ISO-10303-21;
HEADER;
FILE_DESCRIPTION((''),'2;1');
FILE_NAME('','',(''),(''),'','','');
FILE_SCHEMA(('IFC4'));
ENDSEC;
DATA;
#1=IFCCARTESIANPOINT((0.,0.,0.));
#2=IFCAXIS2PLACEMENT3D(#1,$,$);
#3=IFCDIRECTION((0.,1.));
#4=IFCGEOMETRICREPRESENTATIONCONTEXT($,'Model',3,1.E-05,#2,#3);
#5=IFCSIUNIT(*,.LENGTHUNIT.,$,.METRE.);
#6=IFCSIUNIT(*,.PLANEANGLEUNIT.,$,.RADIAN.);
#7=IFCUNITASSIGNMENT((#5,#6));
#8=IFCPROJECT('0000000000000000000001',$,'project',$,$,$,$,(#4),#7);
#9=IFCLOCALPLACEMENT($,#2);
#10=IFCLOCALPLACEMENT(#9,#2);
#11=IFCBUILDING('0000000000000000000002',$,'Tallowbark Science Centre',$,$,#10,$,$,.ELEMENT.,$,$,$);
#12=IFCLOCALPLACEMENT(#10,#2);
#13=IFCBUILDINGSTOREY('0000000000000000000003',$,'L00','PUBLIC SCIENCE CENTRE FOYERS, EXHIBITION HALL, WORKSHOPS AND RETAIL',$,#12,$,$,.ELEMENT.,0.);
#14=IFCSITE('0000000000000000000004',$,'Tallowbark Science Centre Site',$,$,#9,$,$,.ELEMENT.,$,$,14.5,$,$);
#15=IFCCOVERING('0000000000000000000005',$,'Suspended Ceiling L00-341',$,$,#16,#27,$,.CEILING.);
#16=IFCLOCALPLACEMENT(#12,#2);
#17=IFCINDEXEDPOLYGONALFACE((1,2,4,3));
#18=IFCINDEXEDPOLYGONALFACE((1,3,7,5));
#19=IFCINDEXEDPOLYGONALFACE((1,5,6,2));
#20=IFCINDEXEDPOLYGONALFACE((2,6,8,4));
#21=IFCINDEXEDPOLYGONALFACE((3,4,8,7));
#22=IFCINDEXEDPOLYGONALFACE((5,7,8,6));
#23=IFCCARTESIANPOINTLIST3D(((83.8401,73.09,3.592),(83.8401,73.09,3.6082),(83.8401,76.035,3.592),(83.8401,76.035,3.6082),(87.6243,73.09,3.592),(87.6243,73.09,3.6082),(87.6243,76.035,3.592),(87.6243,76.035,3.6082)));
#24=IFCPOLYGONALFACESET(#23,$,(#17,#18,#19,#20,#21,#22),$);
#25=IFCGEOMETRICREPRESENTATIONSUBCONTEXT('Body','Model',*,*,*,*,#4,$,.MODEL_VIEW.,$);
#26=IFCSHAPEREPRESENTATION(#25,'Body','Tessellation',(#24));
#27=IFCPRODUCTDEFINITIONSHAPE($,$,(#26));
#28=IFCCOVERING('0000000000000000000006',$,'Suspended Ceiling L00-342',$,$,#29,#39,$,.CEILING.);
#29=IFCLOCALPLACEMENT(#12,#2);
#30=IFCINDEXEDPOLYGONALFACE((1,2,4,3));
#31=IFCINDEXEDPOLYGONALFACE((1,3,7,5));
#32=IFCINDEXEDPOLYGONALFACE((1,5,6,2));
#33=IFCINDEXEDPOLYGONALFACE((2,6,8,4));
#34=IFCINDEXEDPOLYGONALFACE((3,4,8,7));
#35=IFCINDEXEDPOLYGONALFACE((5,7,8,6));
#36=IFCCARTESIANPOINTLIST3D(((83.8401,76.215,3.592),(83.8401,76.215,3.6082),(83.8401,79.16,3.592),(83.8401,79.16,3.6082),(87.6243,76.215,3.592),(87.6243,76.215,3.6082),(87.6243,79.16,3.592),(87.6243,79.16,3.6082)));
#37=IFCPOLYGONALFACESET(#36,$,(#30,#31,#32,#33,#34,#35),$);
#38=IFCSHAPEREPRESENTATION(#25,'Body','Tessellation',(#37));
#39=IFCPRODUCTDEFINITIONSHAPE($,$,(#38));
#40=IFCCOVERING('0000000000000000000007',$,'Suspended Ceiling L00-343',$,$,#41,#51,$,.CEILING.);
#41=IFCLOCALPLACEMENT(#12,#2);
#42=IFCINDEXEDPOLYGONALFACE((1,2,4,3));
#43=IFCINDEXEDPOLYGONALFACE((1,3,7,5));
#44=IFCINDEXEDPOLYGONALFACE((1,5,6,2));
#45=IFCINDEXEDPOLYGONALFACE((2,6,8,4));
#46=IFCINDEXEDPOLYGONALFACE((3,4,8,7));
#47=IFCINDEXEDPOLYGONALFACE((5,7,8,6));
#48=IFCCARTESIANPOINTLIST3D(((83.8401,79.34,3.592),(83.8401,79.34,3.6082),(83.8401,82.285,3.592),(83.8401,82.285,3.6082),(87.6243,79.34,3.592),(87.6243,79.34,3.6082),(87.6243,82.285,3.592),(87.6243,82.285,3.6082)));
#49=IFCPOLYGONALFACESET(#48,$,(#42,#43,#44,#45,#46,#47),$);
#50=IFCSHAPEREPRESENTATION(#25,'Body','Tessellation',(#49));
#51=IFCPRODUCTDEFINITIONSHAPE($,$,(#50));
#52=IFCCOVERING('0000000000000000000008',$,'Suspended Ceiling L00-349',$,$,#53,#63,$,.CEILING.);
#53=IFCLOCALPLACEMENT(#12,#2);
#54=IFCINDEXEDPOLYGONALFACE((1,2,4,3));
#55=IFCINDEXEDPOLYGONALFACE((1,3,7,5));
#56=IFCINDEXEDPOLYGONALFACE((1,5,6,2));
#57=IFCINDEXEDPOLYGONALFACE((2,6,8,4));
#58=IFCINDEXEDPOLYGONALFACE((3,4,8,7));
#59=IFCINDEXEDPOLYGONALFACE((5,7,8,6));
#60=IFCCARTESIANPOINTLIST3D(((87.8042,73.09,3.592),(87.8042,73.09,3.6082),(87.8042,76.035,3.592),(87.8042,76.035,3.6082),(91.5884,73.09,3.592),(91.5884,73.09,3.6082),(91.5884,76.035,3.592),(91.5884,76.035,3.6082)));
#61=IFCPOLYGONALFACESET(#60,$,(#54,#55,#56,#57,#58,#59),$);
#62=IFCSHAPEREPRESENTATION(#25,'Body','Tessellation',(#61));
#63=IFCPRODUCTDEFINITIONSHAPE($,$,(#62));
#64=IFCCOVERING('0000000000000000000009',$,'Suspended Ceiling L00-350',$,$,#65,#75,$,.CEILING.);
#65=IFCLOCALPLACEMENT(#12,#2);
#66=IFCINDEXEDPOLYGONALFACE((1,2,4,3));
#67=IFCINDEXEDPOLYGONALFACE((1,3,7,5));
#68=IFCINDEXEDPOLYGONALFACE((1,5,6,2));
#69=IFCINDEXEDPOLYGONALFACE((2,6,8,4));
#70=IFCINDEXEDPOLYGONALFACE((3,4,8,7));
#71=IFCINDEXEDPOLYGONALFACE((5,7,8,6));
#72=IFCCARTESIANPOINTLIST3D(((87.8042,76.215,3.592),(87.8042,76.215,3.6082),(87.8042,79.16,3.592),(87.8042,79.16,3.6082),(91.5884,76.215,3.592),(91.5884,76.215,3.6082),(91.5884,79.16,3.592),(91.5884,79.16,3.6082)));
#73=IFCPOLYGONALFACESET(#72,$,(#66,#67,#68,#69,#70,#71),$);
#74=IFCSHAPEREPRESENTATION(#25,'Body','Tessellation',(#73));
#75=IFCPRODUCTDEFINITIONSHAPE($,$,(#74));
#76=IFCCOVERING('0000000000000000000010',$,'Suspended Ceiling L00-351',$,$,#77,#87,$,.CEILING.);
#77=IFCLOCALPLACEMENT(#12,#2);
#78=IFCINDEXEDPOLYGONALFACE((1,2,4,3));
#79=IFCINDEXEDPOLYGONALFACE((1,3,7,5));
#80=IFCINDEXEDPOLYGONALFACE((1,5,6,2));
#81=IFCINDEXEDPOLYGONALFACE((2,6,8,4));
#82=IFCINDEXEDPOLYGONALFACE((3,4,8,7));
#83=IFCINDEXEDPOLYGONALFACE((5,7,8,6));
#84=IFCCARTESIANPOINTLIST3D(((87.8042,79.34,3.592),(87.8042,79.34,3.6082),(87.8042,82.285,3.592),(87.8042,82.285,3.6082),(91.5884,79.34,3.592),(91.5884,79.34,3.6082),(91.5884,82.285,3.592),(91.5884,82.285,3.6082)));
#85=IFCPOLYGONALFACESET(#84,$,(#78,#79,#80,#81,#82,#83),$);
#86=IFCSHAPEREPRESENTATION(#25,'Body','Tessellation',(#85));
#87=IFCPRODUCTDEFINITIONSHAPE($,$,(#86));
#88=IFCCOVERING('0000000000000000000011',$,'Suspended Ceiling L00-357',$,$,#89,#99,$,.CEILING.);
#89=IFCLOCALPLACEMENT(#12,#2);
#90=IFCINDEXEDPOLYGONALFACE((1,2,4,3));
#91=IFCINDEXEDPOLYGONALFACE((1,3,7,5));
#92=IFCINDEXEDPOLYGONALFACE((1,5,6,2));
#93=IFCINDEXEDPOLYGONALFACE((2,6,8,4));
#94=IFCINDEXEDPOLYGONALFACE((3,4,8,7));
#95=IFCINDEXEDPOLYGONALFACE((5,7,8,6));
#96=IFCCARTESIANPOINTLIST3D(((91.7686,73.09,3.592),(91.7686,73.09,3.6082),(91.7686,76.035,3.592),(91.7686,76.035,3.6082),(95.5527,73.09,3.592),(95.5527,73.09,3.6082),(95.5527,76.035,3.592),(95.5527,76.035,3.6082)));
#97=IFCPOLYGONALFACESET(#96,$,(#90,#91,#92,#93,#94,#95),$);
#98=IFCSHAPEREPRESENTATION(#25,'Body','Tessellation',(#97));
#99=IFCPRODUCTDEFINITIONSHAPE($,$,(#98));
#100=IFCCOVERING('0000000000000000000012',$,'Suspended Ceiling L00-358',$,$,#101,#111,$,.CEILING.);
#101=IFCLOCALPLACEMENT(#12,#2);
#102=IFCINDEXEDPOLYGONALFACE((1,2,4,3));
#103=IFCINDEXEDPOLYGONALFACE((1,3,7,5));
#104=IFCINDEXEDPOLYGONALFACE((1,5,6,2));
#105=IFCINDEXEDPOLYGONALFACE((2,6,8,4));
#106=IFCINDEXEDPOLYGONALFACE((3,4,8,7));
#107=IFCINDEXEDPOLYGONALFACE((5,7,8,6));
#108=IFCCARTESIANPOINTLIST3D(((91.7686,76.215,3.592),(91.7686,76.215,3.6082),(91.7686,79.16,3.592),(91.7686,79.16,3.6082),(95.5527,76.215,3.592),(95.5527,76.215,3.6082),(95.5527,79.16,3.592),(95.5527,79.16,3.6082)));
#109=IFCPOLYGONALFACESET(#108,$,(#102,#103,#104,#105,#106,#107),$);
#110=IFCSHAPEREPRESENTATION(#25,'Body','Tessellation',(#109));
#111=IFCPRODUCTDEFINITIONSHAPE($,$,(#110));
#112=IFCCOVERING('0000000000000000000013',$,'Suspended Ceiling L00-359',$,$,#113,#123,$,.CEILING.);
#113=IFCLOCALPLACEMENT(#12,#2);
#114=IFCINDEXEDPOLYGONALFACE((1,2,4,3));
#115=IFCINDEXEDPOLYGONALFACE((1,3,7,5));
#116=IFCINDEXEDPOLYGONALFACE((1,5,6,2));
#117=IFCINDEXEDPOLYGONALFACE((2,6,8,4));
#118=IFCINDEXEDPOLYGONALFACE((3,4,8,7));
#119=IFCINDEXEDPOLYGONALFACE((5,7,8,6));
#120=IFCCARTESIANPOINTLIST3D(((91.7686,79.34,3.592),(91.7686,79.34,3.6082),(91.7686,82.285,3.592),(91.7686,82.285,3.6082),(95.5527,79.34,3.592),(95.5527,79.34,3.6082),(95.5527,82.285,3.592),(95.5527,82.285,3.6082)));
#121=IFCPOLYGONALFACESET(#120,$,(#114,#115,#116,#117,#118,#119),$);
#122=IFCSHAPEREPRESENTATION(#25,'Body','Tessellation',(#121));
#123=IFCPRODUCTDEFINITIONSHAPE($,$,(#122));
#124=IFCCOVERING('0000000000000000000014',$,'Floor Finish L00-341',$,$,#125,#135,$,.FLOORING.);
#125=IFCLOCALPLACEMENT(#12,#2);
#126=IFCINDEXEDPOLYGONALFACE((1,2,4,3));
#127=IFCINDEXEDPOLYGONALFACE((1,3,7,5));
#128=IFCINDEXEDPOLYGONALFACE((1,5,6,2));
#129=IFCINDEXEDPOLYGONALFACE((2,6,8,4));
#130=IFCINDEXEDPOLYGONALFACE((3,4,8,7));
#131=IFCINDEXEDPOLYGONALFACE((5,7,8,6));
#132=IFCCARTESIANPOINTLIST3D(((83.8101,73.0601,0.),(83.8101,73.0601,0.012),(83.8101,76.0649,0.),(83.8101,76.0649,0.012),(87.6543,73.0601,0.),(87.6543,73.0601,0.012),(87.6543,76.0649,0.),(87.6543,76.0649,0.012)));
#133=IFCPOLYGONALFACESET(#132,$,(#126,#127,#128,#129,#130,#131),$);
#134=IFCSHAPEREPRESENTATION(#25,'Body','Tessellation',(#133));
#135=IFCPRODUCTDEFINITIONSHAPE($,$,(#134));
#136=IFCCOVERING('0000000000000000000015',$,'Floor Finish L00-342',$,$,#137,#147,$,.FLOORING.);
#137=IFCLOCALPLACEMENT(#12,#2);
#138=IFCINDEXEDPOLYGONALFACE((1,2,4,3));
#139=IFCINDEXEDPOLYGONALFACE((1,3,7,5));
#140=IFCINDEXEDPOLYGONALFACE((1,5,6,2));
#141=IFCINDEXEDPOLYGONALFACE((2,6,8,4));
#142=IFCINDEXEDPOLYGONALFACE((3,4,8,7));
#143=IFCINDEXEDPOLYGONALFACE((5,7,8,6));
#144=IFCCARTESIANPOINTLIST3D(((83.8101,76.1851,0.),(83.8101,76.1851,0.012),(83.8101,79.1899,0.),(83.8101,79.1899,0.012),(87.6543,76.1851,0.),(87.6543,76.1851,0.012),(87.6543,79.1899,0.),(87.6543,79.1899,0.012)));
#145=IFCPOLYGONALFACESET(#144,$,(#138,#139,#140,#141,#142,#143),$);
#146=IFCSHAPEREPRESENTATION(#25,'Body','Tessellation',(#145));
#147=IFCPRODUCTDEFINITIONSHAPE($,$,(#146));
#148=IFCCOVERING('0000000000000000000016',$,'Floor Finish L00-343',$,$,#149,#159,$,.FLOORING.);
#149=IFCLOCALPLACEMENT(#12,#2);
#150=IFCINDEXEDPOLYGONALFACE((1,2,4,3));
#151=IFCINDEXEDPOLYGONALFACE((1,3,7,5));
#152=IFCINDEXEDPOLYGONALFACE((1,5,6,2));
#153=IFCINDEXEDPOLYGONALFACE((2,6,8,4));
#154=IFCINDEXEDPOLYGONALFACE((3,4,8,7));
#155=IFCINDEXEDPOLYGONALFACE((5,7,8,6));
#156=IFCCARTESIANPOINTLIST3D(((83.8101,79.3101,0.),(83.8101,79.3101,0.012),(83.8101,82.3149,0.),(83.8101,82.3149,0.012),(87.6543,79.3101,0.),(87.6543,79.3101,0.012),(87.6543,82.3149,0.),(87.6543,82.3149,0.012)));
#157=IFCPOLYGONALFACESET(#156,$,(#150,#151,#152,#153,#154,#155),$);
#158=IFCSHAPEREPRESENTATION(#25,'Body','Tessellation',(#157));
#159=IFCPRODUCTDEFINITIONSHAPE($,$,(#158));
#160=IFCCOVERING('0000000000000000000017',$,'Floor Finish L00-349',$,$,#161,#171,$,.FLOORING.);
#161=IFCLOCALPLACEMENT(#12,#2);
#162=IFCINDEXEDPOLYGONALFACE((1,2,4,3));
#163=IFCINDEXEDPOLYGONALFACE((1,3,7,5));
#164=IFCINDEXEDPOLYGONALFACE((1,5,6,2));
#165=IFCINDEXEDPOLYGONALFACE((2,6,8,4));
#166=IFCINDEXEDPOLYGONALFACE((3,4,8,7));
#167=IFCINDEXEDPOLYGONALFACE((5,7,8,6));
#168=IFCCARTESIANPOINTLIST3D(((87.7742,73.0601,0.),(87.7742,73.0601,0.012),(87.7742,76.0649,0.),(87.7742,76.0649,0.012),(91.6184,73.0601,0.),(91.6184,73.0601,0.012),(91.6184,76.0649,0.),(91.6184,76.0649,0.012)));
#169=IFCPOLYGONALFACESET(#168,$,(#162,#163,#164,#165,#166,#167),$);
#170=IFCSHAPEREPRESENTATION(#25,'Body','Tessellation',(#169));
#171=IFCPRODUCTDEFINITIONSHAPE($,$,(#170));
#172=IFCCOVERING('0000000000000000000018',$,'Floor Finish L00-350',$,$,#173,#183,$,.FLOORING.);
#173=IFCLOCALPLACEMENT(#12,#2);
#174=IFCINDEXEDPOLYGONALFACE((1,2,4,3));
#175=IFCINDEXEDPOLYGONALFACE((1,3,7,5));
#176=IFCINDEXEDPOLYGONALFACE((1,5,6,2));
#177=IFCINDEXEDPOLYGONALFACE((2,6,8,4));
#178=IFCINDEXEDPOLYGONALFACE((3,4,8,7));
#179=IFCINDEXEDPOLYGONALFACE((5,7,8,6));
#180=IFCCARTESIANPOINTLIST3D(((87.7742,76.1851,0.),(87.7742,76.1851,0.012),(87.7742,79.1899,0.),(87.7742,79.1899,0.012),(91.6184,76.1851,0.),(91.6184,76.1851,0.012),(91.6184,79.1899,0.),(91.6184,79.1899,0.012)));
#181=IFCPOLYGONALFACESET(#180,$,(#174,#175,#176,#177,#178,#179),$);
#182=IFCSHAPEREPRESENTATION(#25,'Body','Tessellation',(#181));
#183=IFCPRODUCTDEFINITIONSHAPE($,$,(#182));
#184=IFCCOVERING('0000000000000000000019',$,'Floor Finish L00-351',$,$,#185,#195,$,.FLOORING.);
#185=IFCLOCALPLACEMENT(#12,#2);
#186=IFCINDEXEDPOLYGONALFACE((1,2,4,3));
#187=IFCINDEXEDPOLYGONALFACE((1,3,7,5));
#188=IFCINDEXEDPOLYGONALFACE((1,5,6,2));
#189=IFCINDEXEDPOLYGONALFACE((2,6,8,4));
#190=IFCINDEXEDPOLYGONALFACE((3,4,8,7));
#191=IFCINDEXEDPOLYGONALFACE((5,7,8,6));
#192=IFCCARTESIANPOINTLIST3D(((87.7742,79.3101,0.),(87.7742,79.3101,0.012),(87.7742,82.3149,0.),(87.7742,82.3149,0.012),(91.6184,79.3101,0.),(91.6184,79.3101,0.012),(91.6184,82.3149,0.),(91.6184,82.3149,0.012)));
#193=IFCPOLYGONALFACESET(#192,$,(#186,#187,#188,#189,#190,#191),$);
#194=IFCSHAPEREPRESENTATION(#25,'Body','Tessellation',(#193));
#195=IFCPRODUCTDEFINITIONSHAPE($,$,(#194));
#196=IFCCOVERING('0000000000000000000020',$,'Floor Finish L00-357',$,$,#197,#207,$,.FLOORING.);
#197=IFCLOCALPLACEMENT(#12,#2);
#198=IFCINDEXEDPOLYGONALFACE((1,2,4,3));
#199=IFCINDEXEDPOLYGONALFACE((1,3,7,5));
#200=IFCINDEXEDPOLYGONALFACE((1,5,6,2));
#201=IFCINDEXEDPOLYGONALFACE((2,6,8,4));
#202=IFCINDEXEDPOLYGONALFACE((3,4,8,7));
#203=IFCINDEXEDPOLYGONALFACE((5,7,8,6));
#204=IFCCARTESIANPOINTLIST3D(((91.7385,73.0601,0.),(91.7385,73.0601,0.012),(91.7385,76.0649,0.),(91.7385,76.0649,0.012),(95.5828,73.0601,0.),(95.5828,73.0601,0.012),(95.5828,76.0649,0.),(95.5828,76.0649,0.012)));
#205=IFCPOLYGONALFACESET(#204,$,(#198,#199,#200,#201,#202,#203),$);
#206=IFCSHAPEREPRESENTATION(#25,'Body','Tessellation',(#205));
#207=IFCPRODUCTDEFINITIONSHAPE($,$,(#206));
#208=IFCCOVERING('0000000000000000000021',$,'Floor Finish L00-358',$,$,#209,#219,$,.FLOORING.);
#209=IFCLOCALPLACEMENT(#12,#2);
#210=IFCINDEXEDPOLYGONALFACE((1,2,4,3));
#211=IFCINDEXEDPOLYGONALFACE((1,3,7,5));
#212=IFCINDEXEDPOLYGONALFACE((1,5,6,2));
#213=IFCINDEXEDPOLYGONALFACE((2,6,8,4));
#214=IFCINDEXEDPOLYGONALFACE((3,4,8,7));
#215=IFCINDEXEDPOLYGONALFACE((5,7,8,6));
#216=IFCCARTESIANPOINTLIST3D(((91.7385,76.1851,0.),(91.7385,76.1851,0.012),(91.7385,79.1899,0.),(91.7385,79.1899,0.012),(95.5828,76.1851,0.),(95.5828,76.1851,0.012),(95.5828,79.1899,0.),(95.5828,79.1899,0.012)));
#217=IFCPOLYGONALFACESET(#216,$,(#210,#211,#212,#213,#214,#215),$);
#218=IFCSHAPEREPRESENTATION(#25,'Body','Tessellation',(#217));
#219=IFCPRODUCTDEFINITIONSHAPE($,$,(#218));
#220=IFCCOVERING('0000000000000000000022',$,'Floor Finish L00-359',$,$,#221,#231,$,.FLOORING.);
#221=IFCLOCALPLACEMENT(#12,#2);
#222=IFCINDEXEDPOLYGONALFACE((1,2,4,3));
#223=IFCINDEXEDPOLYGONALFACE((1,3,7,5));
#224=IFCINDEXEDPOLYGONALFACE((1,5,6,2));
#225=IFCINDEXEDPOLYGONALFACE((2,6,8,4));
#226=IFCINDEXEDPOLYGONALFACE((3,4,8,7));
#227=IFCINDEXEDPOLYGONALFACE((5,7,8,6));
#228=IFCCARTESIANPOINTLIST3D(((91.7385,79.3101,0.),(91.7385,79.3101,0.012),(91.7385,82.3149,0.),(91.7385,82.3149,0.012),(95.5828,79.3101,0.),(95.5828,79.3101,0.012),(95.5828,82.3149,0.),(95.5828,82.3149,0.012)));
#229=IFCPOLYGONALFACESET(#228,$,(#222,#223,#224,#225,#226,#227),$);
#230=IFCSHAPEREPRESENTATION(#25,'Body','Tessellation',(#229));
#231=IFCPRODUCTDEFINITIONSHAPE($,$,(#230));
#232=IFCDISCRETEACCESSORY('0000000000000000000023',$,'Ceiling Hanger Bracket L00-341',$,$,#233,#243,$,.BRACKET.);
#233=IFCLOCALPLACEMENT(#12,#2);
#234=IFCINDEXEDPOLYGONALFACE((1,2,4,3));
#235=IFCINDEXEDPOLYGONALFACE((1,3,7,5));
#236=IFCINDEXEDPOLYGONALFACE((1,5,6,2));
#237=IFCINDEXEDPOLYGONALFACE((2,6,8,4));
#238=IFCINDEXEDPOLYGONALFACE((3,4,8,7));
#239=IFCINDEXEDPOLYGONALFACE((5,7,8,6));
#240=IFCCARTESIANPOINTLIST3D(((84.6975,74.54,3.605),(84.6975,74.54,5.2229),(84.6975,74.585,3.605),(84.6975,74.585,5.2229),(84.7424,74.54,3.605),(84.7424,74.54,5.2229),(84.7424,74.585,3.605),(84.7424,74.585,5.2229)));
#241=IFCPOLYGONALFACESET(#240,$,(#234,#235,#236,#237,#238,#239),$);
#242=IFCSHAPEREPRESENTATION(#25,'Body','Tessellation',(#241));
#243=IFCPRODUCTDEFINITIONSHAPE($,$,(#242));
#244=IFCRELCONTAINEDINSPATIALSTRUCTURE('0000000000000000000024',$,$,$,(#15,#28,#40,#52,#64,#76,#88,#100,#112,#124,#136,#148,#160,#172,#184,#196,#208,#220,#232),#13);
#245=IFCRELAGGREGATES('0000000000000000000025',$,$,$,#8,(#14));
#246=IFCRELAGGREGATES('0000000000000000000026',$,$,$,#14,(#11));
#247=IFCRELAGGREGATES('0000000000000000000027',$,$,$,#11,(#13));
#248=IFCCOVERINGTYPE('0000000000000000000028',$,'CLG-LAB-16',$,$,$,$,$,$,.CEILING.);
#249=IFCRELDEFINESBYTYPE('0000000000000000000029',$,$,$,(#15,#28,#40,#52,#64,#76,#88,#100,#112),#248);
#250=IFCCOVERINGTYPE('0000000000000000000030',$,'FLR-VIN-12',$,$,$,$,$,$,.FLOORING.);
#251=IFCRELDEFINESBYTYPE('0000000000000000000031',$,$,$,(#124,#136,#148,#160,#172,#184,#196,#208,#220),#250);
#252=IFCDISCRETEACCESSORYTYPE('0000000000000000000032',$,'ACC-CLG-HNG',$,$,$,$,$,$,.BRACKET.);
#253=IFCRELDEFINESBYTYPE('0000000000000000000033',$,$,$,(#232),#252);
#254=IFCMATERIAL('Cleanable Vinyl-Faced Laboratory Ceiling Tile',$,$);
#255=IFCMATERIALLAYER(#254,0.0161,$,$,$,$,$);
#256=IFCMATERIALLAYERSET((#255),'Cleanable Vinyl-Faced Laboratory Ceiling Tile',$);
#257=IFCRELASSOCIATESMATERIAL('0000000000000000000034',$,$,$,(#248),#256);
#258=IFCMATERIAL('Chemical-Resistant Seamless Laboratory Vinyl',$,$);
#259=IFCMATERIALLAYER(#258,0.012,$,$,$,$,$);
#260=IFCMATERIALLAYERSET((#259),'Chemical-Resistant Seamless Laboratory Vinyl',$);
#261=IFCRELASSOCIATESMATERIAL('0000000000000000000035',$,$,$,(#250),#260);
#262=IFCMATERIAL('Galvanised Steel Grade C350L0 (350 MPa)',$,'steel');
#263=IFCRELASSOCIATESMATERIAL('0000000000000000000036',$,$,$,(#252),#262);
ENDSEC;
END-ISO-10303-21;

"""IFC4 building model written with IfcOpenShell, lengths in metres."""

from ifc_helpers import new_model, si_unit, direction, frame, origin, origin_2d, place, context, subcontext, project, spatial, rectangle, extrude, material, layer, layer_set, type_object, element, save


model = new_model("IFC4")

# Units and contexts
model_context = context("Model", 3, precision=1e-05, world=origin(), true_north=direction((0.0, 1.0)))
body_context = subcontext(model_context, "Body", "Model", "MODEL_VIEW")
ifc_project = project(units=[si_unit("LENGTHUNIT", "METRE"), si_unit("PLANEANGLEUNIT", "RADIAN")], contexts=[model_context])

# Site, building, storey
site_placement = place(None, origin())
site = spatial("IfcSite", under=ifc_project, at=site_placement, Name="Tallowbark Science Centre Site", CompositionType="ELEMENT", RefElevation=14.5)
building_placement = place(site_placement, origin())
building = spatial("IfcBuilding", under=site, at=building_placement, Name="Tallowbark Science Centre", CompositionType="ELEMENT")
storey_placement = place(building_placement, origin())
storey = spatial("IfcBuildingStorey", under=building, at=storey_placement, Name="L00", Description="PUBLIC SCIENCE CENTRE FOYERS, EXHIBITION HALL, WORKSHOPS AND RETAIL", CompositionType="ELEMENT", Elevation=0.0)

# Coverings
ifc_material_1 = material(Name="Cleanable Vinyl-Faced Laboratory Ceiling Tile")
ifc_layer_1 = layer(ifc_material_1, 0.0161)
ifc_layer_set_1 = layer_set([ifc_layer_1], Name="Cleanable Vinyl-Faced Laboratory Ceiling Tile")
covering_type_1 = type_object("IfcCoveringType", Name="CLG-LAB-16", PredefinedType="CEILING", material=ifc_layer_set_1)
for number, where, z_axis, x_axis, name in (
    (1, (85.7322, 74.5625, 3.592), (0.0, 0.0, 1.0), (1.0, 0.0, 0.0), "Suspended Ceiling L00-341"),
    (2, (85.7322, 77.6875, 3.592), (0.0, 0.0, 1.0), (1.0, 0.0, 0.0), "Suspended Ceiling L00-342"),
    (3, (85.7322, 80.8125, 3.592), (0.0, 0.0, 1.0), (1.0, 0.0, 0.0), "Suspended Ceiling L00-343"),
    (4, (89.6963, 74.5625, 3.592), (0.0, 0.0, 1.0), (1.0, 0.0, 0.0), "Suspended Ceiling L00-349"),
    (5, (89.6963, 77.6875, 3.592), (0.0, 0.0, 1.0), (1.0, 0.0, 0.0), "Suspended Ceiling L00-350"),
    (6, (89.6963, 80.8125, 3.592), (0.0, 0.0, 1.0), (1.0, 0.0, 0.0), "Suspended Ceiling L00-351"),
    (7, (93.6606, 74.5625, 3.592), (0.0, 0.0, 1.0), (1.0, 0.0, 0.0), "Suspended Ceiling L00-357"),
    (8, (93.6606, 77.6875, 3.592), (0.0, 0.0, 1.0), (1.0, 0.0, 0.0), "Suspended Ceiling L00-358"),
    (9, (93.6606, 80.8125, 3.592), (0.0, 0.0, 1.0), (1.0, 0.0, 0.0), "Suspended Ceiling L00-359"),
):
    element("IfcCovering", number, at=place(storey_placement, frame(where, z_axis=z_axis, x_axis=x_axis)), inside=storey, type_object=covering_type_1, Name=name, PredefinedType="CEILING", context=body_context, shape_type="SweptSolid", body=[
        extrude(rectangle(XDim=3.7842, YDim=2.9451, at=origin_2d()), origin(), (0.0, 0.0, 1.0), 0.0161),
    ])
ifc_material_2 = material(Name="Chemical-Resistant Seamless Laboratory Vinyl")
ifc_layer_2 = layer(ifc_material_2, 0.012)
ifc_layer_set_2 = layer_set([ifc_layer_2], Name="Chemical-Resistant Seamless Laboratory Vinyl")
covering_type_2 = type_object("IfcCoveringType", Name="FLR-VIN-12", PredefinedType="FLOORING", material=ifc_layer_set_2)
for number, where, z_axis, x_axis, name in (
    (10, (85.7322, 74.5625, 0.0), (0.0, 0.0, 1.0), (1.0, 0.0, 0.0), "Floor Finish L00-341"),
    (11, (85.7322, 77.6875, 0.0), (0.0, 0.0, 1.0), (1.0, 0.0, 0.0), "Floor Finish L00-342"),
    (12, (85.7322, 80.8125, 0.0), (0.0, 0.0, 1.0), (1.0, 0.0, 0.0), "Floor Finish L00-343"),
    (13, (89.6963, 74.5625, 0.0), (0.0, 0.0, 1.0), (1.0, 0.0, 0.0), "Floor Finish L00-349"),
    (14, (89.6963, 77.6875, 0.0), (0.0, 0.0, 1.0), (1.0, 0.0, 0.0), "Floor Finish L00-350"),
    (15, (89.6963, 80.8125, 0.0), (0.0, 0.0, 1.0), (1.0, 0.0, 0.0), "Floor Finish L00-351"),
    (16, (93.6606, 74.5625, 0.0), (0.0, 0.0, 1.0), (1.0, 0.0, 0.0), "Floor Finish L00-357"),
    (17, (93.6606, 77.6875, 0.0), (0.0, 0.0, 1.0), (1.0, 0.0, 0.0), "Floor Finish L00-358"),
    (18, (93.6606, 80.8125, 0.0), (0.0, 0.0, 1.0), (1.0, 0.0, 0.0), "Floor Finish L00-359"),
):
    element("IfcCovering", number, at=place(storey_placement, frame(where, z_axis=z_axis, x_axis=x_axis)), inside=storey, type_object=covering_type_2, Name=name, PredefinedType="FLOORING", context=body_context, shape_type="SweptSolid", body=[
        extrude(rectangle(XDim=3.8442, YDim=3.0049, at=origin_2d()), origin(), (0.0, 0.0, 1.0), 0.012),
    ])

# Discrete accessory
ifc_material_3 = material(Name="Galvanised Steel Grade C350L0 (350 MPa)", Category="steel")
discrete_accessory_type = type_object("IfcDiscreteAccessoryType", Name="ACC-CLG-HNG", PredefinedType="BRACKET", material=ifc_material_3)
for number, where, z_axis, x_axis, name in (
    (19, (84.72, 74.5625, 3.605), (0.0, 0.0, 1.0), (1.0, 0.0, 0.0), "Ceiling Hanger Bracket L00-341"),
):
    element("IfcDiscreteAccessory", number, at=place(storey_placement, frame(where, z_axis=z_axis, x_axis=x_axis)), inside=storey, type_object=discrete_accessory_type, Name=name, PredefinedType="BRACKET", context=body_context, shape_type="SweptSolid", body=[
        extrude(rectangle(XDim=0.0449, YDim=0.0449, at=origin_2d()), origin(), (0.0, 0.0, 1.0), 1.6179),
    ])

save(model, "model.ifc")
